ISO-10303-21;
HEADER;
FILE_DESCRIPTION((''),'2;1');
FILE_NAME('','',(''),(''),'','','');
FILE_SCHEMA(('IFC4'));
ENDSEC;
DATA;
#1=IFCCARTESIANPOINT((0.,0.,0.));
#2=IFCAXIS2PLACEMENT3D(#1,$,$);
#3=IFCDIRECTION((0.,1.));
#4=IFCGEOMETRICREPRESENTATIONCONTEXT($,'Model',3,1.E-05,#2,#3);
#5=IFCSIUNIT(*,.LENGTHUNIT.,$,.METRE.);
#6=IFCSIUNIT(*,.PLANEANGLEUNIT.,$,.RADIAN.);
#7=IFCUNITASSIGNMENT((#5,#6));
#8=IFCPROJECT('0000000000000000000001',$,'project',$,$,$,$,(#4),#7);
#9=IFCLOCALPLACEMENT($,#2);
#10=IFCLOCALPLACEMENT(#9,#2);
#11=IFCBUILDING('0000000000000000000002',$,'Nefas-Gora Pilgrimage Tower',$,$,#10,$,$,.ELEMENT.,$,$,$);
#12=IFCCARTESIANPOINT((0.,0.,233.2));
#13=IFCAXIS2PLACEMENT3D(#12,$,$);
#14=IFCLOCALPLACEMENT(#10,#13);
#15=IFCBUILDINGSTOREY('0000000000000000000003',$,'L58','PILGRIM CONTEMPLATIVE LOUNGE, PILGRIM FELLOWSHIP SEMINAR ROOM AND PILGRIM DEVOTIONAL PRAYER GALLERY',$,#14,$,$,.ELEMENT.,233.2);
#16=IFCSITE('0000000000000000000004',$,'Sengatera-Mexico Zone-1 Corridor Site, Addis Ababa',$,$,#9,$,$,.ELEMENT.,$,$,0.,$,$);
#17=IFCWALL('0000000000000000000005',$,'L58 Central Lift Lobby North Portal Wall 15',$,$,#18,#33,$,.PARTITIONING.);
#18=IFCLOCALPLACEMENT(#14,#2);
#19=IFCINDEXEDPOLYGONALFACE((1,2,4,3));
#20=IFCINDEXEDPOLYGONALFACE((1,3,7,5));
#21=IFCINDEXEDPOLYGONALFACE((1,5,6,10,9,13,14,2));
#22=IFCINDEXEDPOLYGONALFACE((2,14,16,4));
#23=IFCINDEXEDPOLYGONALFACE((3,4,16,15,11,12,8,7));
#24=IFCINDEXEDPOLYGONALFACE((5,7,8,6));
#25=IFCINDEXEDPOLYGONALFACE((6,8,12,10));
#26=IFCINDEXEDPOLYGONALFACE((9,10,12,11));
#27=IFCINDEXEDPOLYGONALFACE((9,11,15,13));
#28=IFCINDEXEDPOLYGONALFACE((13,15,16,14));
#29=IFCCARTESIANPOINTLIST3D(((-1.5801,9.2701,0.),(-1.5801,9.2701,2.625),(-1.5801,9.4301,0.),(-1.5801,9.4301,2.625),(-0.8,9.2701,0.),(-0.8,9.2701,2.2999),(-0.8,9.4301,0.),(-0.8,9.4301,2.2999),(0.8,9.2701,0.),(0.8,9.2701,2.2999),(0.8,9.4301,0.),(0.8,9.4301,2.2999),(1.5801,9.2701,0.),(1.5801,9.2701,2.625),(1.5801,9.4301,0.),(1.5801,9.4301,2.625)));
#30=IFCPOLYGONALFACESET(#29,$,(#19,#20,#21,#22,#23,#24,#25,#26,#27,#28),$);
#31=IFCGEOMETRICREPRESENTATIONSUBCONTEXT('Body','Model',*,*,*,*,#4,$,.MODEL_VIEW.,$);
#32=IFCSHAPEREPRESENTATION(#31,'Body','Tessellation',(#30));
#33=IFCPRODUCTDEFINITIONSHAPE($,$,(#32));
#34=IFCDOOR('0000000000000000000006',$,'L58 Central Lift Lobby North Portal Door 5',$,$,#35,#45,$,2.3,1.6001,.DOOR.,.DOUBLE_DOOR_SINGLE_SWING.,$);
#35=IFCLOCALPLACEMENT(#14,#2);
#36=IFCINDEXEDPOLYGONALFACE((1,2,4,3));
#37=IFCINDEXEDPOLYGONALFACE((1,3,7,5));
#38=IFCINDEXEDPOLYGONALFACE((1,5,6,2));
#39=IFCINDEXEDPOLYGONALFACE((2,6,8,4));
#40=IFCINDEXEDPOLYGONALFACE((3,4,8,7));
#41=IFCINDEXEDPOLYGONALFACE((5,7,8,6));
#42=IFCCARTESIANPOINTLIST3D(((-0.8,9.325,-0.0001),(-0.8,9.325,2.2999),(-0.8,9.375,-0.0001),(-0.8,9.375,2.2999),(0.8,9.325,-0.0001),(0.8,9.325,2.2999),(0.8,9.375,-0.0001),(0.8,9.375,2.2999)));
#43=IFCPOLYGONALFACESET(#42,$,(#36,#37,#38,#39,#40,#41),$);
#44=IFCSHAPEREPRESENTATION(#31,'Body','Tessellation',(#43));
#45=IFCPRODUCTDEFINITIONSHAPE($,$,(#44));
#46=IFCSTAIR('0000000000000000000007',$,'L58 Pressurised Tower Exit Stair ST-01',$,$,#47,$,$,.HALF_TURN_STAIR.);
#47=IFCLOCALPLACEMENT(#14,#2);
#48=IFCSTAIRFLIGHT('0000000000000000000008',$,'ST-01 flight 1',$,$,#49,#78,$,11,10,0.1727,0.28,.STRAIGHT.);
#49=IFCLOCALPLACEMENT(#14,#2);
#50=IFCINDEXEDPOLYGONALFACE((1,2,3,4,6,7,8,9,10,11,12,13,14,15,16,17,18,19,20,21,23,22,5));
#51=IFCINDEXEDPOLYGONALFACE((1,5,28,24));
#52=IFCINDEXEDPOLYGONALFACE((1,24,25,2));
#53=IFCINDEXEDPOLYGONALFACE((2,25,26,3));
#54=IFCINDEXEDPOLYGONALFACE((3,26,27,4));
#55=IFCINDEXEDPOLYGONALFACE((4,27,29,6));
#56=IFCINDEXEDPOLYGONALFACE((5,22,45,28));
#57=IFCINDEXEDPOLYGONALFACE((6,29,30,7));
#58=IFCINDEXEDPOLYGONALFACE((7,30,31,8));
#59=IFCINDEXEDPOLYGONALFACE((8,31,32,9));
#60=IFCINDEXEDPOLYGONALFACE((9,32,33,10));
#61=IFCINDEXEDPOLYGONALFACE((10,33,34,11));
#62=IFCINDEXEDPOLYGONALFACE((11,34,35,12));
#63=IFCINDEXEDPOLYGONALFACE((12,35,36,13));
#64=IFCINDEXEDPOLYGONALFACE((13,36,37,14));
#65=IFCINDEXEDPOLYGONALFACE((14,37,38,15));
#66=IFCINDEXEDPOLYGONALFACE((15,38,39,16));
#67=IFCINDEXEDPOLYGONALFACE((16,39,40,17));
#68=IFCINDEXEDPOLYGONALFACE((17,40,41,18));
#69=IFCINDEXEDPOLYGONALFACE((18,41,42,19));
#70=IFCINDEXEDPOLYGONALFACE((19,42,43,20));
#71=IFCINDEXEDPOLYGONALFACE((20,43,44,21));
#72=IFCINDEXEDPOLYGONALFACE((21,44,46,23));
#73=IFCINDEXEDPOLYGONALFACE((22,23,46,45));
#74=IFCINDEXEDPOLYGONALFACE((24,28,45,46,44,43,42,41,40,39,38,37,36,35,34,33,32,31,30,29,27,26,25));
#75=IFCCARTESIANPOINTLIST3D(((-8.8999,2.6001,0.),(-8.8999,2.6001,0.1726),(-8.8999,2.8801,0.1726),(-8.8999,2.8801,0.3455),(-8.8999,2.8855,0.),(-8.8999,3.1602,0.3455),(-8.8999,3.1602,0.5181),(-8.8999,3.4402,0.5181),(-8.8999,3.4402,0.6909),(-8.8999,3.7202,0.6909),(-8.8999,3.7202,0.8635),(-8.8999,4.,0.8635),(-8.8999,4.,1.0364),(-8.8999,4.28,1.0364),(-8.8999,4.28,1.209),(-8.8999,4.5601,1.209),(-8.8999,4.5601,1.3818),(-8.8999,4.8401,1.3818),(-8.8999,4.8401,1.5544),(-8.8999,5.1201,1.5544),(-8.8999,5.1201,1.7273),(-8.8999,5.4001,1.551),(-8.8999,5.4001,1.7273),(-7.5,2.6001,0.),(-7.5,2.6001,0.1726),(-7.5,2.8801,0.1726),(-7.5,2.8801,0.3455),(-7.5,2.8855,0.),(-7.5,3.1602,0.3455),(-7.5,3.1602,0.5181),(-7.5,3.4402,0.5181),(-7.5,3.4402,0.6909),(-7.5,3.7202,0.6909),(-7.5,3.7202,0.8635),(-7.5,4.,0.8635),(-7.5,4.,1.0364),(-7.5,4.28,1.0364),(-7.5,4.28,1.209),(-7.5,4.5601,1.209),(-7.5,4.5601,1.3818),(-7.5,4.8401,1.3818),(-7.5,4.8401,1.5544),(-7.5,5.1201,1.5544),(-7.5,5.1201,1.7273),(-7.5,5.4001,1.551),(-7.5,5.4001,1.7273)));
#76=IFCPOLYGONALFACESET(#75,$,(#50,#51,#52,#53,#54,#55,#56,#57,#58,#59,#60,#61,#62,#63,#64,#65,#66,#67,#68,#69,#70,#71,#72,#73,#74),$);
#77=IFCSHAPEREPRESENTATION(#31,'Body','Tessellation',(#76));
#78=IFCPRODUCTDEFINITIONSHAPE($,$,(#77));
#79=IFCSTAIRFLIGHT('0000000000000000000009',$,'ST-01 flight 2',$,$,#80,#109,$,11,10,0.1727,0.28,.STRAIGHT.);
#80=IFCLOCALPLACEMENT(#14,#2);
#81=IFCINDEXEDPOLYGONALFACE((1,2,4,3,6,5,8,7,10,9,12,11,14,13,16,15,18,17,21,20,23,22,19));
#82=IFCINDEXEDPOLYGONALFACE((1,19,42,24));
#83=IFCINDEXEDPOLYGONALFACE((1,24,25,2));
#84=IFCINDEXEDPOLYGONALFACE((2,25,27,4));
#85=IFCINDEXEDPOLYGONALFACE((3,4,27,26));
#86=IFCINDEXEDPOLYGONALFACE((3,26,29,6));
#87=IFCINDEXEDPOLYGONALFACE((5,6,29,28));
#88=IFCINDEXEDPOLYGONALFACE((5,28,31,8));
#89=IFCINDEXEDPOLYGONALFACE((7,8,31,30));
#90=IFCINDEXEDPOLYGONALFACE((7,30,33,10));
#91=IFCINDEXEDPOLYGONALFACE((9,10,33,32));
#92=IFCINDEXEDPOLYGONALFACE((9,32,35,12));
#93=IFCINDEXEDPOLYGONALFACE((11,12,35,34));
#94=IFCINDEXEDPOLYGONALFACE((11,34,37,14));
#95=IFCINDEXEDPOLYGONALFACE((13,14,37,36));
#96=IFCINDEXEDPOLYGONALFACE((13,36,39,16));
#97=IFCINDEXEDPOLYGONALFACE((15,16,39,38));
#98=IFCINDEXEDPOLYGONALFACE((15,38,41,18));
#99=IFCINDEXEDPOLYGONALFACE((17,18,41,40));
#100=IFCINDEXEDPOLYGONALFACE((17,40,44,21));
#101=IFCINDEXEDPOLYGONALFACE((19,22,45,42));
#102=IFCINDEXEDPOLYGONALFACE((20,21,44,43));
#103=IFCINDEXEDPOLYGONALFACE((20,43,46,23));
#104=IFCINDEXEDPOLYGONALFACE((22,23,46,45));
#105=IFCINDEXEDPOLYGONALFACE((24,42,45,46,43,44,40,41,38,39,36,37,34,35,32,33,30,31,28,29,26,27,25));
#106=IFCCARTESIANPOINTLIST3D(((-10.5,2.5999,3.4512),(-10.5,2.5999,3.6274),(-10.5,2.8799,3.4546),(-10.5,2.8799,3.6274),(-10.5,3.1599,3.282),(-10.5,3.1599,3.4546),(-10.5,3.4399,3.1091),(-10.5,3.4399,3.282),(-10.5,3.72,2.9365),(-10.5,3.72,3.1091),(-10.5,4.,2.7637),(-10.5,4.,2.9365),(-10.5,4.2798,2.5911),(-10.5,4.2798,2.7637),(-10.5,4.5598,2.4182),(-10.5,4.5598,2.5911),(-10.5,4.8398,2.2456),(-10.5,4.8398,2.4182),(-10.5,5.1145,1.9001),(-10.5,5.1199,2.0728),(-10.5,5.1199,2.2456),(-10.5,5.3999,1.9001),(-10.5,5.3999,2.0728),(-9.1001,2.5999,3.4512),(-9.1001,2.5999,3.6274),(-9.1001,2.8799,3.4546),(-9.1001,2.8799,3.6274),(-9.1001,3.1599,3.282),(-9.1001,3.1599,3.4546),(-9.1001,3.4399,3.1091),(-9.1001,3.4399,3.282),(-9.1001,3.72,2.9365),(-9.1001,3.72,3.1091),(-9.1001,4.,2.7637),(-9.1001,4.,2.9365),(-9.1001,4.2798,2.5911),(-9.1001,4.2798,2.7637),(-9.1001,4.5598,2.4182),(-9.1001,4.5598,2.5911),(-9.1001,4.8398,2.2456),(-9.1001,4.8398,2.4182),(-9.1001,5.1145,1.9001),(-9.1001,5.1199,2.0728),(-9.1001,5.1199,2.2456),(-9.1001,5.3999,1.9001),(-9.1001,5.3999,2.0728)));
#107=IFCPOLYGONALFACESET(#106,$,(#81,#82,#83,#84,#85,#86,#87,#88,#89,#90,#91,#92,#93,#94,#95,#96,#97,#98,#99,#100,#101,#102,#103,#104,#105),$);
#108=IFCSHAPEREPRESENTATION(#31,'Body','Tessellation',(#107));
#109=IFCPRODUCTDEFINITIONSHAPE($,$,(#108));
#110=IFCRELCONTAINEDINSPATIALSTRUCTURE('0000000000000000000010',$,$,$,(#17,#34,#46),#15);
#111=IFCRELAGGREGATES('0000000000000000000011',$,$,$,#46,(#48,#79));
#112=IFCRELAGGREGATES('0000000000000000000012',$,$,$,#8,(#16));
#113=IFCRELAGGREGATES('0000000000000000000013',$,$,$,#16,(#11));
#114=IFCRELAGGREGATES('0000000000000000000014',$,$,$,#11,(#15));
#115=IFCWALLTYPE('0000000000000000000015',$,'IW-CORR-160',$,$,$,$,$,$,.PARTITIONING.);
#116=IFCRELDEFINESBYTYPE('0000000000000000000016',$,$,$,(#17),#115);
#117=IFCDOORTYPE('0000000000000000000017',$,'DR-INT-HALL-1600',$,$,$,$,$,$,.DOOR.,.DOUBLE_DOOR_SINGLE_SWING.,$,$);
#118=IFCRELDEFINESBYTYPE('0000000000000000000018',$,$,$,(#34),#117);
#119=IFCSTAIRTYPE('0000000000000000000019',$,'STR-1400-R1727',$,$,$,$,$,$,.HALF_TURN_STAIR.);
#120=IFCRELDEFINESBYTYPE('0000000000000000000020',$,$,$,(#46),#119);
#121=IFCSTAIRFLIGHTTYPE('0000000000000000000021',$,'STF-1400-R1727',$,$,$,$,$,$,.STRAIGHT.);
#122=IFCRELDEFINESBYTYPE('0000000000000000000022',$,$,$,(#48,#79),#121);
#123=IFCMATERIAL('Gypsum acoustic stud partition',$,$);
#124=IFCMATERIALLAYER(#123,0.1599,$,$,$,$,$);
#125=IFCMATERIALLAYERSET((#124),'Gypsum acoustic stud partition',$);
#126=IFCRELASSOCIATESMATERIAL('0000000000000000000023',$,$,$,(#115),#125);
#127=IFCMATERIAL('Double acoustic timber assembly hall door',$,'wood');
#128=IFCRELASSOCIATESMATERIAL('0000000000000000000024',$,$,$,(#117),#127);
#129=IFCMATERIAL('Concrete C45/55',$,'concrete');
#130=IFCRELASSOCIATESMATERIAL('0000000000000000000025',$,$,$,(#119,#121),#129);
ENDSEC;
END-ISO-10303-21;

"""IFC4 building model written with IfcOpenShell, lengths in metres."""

from ifc_helpers import new_model, si_unit, direction, frame, frame_2d, origin, place, context, subcontext, project, spatial, polyline, rectangle, outline, extrude, source, transform, mapped, material, layer, layer_set, type_object, element, fill, aggregate, save


model = new_model("IFC4")

# Units and contexts
model_context = context("Model", 3, precision=1e-05, world=origin(), true_north=direction((0.0, 1.0)))
body_context = subcontext(model_context, "Body", "Model", "MODEL_VIEW")
ifc_project = project(units=[si_unit("LENGTHUNIT", "METRE"), si_unit("PLANEANGLEUNIT", "RADIAN")], contexts=[model_context])

# Site, building, storey
site_placement = place(None, origin())
site = spatial("IfcSite", under=ifc_project, at=site_placement, Name="Sengatera-Mexico Zone-1 Corridor Site, Addis Ababa", CompositionType="ELEMENT", RefElevation=0.0)
building_placement = place(site_placement, origin())
building = spatial("IfcBuilding", under=site, at=building_placement, Name="Nefas-Gora Pilgrimage Tower", CompositionType="ELEMENT")
storey_placement = place(building_placement, frame((0.0, 0.0, 233.2)))
storey = spatial("IfcBuildingStorey", under=building, at=storey_placement, Name="L58", Description="PILGRIM CONTEMPLATIVE LOUNGE, PILGRIM FELLOWSHIP SEMINAR ROOM AND PILGRIM DEVOTIONAL PRAYER GALLERY", CompositionType="ELEMENT", Elevation=233.2)

# Shared definitions
ifc_material_1 = material(Name="Concrete C45/55", Category="concrete")

# Wall, opening, door
ifc_material_2 = material(Name="Gypsum acoustic stud partition")
ifc_layer_1 = layer(ifc_material_2, 0.1599)
ifc_layer_set_1 = layer_set([ifc_layer_1], Name="Gypsum acoustic stud partition")
wall_type_1 = type_object("IfcWallType", Name="IW-CORR-160", PredefinedType="PARTITIONING", material=ifc_layer_set_1)
shared_shape_1 = source(origin(), body_context, "Body", "SweptSolid", [
    extrude(rectangle(XDim=3.1602, YDim=0.1599, at=frame_2d((1.5801, 0.0))), origin(), (0.0, 0.0, 1.0), 2.625),
])
wall_1_placement = place(storey_placement, frame((-1.5801, 9.3501, 0.0), z_axis=(0.0, 0.0, 1.0), x_axis=(1.0, 0.0, 0.0)))
wall_1 = element("IfcWall", 1, at=wall_1_placement, inside=storey, type_object=wall_type_1, Name="L58 Central Lift Lobby North Portal Wall 15", PredefinedType="PARTITIONING", context=body_context, shape_type="MappedRepresentation", body=[
    mapped(shared_shape_1, transform((0.0, 0.0, 0.0), x_axis=(1.0, 0.0, 0.0), y_axis=(0.0, 1.0, 0.0), z_axis=(0.0, 0.0, 1.0), scale=1.0)),
])
opening_1_placement = place(wall_1_placement, frame((0.78, 0.0, 0.0)))
opening_1 = element("IfcOpeningElement", 2, at=opening_1_placement, cuts=wall_1, PredefinedType="OPENING", context=body_context, shape_type="SweptSolid", body=[
    extrude(rectangle(XDim=1.6001, YDim=2.3, at=frame_2d((0.8, 1.1499))), frame((0.0, 0.0898, 0.0), z_axis=(0.0, -1.0, 0.0), x_axis=(1.0, 0.0, 0.0)), (0.0, 0.0, 1.0), 0.1799),
])
ifc_material_3 = material(Name="Double acoustic timber assembly hall door", Category="wood")
door_type_1 = type_object("IfcDoorType", Name="DR-INT-HALL-1600", OperationType="DOUBLE_DOOR_SINGLE_SWING", PredefinedType="DOOR", material=ifc_material_3)
shared_shape_2 = source(origin(), body_context, "Body", "SweptSolid", [
    extrude(rectangle(XDim=1.6001, YDim=2.3, at=frame_2d((0.8, 1.1499))), frame((0.0, 0.0249, 0.0), z_axis=(0.0, -1.0, 0.0), x_axis=(1.0, 0.0, 0.0)), (0.0, 0.0, 1.0), 0.05),
])
door_1_placement = place(opening_1_placement, origin())
door_1 = element("IfcDoor", 3, at=door_1_placement, inside=storey, type_object=door_type_1, Name="L58 Central Lift Lobby North Portal Door 5", OperationType="DOUBLE_DOOR_SINGLE_SWING", OverallHeight=2.3, OverallWidth=1.6001, PredefinedType="DOOR", context=body_context, shape_type="MappedRepresentation", body=[
    mapped(shared_shape_2, transform((0.0, 0.0, 0.0), x_axis=(1.0, 0.0, 0.0), y_axis=(0.0, 1.0, 0.0), z_axis=(0.0, 0.0, 1.0), scale=1.0)),
])
fill(opening_1, door_1)

# Stair, stair flights
stair_type = type_object("IfcStairType", Name="STR-1400-R1727", PredefinedType="HALF_TURN_STAIR", material=ifc_material_1)
stair_placement = place(storey_placement, origin())
stair = element("IfcStair", 4, at=stair_placement, inside=storey, type_object=stair_type, Name="L58 Pressurised Tower Exit Stair ST-01", PredefinedType="HALF_TURN_STAIR")
stair_flight_type = type_object("IfcStairFlightType", Name="STF-1400-R1727", PredefinedType="STRAIGHT", material=ifc_material_1)
shared_shape_3 = source(origin(), body_context, "Body", "SweptSolid", [
    extrude(outline(polyline([(0.0, 0.0), (0.0, 0.1726), (0.28, 0.1726), (0.28, 0.3455), (0.5601, 0.3455), (0.5601, 0.5181), (0.8401, 0.5181), (0.8401, 0.6909), (1.1201, 0.6909), (1.1201, 0.8635), (1.3999, 0.8635), (1.3999, 1.0364), (1.6799, 1.0364), (1.6799, 1.209), (1.96, 1.209), (1.96, 1.3818), (2.24, 1.3818), (2.24, 1.5544), (2.52, 1.5544), (2.52, 1.7273), (2.8, 1.7273), (2.8, 1.8999), (2.8, 1.551), (0.2854, 0.0), (0.0, 0.0)])), frame((0.0, 0.7, 0.0), z_axis=(0.0, -1.0, 0.0), x_axis=(1.0, 0.0, 0.0)), (0.0, 0.0, 1.0), 1.3999),
])
stair_flight_1_placement = place(storey_placement, frame((-8.2, 2.6001, 0.0), z_axis=(0.0, 0.0, 1.0), x_axis=(0.0, 1.0, 0.0)))
stair_flight_1 = element("IfcStairFlight", 5, at=stair_flight_1_placement, type_object=stair_flight_type, Name="ST-01 flight 1", NumberOfRisers=11, NumberOfTreads=10, PredefinedType="STRAIGHT", RiserHeight=0.1727, TreadLength=0.28, context=body_context, shape_type="MappedRepresentation", body=[
    mapped(shared_shape_3, transform((0.0, 0.0, 0.0), x_axis=(1.0, 0.0, 0.0), y_axis=(0.0, 1.0, 0.0), z_axis=(0.0, 0.0, 1.0), scale=1.0)),
])
stair_flight_2_placement = place(storey_placement, frame((-9.8, 5.3999, 1.9001), z_axis=(0.0, 0.0, 1.0), x_axis=(0.0, -1.0, 0.0)))
stair_flight_2 = element("IfcStairFlight", 6, at=stair_flight_2_placement, type_object=stair_flight_type, Name="ST-01 flight 2", NumberOfRisers=11, NumberOfTreads=10, PredefinedType="STRAIGHT", RiserHeight=0.1727, TreadLength=0.28, context=body_context, shape_type="MappedRepresentation", body=[
    mapped(shared_shape_3, transform((0.0, 0.0, 0.0), x_axis=(1.0, 0.0, 0.0), y_axis=(0.0, 1.0, 0.0), z_axis=(0.0, 0.0, 1.0), scale=1.0)),
])
aggregate(stair, [stair_flight_1, stair_flight_2])

save(model, "model.ifc")
